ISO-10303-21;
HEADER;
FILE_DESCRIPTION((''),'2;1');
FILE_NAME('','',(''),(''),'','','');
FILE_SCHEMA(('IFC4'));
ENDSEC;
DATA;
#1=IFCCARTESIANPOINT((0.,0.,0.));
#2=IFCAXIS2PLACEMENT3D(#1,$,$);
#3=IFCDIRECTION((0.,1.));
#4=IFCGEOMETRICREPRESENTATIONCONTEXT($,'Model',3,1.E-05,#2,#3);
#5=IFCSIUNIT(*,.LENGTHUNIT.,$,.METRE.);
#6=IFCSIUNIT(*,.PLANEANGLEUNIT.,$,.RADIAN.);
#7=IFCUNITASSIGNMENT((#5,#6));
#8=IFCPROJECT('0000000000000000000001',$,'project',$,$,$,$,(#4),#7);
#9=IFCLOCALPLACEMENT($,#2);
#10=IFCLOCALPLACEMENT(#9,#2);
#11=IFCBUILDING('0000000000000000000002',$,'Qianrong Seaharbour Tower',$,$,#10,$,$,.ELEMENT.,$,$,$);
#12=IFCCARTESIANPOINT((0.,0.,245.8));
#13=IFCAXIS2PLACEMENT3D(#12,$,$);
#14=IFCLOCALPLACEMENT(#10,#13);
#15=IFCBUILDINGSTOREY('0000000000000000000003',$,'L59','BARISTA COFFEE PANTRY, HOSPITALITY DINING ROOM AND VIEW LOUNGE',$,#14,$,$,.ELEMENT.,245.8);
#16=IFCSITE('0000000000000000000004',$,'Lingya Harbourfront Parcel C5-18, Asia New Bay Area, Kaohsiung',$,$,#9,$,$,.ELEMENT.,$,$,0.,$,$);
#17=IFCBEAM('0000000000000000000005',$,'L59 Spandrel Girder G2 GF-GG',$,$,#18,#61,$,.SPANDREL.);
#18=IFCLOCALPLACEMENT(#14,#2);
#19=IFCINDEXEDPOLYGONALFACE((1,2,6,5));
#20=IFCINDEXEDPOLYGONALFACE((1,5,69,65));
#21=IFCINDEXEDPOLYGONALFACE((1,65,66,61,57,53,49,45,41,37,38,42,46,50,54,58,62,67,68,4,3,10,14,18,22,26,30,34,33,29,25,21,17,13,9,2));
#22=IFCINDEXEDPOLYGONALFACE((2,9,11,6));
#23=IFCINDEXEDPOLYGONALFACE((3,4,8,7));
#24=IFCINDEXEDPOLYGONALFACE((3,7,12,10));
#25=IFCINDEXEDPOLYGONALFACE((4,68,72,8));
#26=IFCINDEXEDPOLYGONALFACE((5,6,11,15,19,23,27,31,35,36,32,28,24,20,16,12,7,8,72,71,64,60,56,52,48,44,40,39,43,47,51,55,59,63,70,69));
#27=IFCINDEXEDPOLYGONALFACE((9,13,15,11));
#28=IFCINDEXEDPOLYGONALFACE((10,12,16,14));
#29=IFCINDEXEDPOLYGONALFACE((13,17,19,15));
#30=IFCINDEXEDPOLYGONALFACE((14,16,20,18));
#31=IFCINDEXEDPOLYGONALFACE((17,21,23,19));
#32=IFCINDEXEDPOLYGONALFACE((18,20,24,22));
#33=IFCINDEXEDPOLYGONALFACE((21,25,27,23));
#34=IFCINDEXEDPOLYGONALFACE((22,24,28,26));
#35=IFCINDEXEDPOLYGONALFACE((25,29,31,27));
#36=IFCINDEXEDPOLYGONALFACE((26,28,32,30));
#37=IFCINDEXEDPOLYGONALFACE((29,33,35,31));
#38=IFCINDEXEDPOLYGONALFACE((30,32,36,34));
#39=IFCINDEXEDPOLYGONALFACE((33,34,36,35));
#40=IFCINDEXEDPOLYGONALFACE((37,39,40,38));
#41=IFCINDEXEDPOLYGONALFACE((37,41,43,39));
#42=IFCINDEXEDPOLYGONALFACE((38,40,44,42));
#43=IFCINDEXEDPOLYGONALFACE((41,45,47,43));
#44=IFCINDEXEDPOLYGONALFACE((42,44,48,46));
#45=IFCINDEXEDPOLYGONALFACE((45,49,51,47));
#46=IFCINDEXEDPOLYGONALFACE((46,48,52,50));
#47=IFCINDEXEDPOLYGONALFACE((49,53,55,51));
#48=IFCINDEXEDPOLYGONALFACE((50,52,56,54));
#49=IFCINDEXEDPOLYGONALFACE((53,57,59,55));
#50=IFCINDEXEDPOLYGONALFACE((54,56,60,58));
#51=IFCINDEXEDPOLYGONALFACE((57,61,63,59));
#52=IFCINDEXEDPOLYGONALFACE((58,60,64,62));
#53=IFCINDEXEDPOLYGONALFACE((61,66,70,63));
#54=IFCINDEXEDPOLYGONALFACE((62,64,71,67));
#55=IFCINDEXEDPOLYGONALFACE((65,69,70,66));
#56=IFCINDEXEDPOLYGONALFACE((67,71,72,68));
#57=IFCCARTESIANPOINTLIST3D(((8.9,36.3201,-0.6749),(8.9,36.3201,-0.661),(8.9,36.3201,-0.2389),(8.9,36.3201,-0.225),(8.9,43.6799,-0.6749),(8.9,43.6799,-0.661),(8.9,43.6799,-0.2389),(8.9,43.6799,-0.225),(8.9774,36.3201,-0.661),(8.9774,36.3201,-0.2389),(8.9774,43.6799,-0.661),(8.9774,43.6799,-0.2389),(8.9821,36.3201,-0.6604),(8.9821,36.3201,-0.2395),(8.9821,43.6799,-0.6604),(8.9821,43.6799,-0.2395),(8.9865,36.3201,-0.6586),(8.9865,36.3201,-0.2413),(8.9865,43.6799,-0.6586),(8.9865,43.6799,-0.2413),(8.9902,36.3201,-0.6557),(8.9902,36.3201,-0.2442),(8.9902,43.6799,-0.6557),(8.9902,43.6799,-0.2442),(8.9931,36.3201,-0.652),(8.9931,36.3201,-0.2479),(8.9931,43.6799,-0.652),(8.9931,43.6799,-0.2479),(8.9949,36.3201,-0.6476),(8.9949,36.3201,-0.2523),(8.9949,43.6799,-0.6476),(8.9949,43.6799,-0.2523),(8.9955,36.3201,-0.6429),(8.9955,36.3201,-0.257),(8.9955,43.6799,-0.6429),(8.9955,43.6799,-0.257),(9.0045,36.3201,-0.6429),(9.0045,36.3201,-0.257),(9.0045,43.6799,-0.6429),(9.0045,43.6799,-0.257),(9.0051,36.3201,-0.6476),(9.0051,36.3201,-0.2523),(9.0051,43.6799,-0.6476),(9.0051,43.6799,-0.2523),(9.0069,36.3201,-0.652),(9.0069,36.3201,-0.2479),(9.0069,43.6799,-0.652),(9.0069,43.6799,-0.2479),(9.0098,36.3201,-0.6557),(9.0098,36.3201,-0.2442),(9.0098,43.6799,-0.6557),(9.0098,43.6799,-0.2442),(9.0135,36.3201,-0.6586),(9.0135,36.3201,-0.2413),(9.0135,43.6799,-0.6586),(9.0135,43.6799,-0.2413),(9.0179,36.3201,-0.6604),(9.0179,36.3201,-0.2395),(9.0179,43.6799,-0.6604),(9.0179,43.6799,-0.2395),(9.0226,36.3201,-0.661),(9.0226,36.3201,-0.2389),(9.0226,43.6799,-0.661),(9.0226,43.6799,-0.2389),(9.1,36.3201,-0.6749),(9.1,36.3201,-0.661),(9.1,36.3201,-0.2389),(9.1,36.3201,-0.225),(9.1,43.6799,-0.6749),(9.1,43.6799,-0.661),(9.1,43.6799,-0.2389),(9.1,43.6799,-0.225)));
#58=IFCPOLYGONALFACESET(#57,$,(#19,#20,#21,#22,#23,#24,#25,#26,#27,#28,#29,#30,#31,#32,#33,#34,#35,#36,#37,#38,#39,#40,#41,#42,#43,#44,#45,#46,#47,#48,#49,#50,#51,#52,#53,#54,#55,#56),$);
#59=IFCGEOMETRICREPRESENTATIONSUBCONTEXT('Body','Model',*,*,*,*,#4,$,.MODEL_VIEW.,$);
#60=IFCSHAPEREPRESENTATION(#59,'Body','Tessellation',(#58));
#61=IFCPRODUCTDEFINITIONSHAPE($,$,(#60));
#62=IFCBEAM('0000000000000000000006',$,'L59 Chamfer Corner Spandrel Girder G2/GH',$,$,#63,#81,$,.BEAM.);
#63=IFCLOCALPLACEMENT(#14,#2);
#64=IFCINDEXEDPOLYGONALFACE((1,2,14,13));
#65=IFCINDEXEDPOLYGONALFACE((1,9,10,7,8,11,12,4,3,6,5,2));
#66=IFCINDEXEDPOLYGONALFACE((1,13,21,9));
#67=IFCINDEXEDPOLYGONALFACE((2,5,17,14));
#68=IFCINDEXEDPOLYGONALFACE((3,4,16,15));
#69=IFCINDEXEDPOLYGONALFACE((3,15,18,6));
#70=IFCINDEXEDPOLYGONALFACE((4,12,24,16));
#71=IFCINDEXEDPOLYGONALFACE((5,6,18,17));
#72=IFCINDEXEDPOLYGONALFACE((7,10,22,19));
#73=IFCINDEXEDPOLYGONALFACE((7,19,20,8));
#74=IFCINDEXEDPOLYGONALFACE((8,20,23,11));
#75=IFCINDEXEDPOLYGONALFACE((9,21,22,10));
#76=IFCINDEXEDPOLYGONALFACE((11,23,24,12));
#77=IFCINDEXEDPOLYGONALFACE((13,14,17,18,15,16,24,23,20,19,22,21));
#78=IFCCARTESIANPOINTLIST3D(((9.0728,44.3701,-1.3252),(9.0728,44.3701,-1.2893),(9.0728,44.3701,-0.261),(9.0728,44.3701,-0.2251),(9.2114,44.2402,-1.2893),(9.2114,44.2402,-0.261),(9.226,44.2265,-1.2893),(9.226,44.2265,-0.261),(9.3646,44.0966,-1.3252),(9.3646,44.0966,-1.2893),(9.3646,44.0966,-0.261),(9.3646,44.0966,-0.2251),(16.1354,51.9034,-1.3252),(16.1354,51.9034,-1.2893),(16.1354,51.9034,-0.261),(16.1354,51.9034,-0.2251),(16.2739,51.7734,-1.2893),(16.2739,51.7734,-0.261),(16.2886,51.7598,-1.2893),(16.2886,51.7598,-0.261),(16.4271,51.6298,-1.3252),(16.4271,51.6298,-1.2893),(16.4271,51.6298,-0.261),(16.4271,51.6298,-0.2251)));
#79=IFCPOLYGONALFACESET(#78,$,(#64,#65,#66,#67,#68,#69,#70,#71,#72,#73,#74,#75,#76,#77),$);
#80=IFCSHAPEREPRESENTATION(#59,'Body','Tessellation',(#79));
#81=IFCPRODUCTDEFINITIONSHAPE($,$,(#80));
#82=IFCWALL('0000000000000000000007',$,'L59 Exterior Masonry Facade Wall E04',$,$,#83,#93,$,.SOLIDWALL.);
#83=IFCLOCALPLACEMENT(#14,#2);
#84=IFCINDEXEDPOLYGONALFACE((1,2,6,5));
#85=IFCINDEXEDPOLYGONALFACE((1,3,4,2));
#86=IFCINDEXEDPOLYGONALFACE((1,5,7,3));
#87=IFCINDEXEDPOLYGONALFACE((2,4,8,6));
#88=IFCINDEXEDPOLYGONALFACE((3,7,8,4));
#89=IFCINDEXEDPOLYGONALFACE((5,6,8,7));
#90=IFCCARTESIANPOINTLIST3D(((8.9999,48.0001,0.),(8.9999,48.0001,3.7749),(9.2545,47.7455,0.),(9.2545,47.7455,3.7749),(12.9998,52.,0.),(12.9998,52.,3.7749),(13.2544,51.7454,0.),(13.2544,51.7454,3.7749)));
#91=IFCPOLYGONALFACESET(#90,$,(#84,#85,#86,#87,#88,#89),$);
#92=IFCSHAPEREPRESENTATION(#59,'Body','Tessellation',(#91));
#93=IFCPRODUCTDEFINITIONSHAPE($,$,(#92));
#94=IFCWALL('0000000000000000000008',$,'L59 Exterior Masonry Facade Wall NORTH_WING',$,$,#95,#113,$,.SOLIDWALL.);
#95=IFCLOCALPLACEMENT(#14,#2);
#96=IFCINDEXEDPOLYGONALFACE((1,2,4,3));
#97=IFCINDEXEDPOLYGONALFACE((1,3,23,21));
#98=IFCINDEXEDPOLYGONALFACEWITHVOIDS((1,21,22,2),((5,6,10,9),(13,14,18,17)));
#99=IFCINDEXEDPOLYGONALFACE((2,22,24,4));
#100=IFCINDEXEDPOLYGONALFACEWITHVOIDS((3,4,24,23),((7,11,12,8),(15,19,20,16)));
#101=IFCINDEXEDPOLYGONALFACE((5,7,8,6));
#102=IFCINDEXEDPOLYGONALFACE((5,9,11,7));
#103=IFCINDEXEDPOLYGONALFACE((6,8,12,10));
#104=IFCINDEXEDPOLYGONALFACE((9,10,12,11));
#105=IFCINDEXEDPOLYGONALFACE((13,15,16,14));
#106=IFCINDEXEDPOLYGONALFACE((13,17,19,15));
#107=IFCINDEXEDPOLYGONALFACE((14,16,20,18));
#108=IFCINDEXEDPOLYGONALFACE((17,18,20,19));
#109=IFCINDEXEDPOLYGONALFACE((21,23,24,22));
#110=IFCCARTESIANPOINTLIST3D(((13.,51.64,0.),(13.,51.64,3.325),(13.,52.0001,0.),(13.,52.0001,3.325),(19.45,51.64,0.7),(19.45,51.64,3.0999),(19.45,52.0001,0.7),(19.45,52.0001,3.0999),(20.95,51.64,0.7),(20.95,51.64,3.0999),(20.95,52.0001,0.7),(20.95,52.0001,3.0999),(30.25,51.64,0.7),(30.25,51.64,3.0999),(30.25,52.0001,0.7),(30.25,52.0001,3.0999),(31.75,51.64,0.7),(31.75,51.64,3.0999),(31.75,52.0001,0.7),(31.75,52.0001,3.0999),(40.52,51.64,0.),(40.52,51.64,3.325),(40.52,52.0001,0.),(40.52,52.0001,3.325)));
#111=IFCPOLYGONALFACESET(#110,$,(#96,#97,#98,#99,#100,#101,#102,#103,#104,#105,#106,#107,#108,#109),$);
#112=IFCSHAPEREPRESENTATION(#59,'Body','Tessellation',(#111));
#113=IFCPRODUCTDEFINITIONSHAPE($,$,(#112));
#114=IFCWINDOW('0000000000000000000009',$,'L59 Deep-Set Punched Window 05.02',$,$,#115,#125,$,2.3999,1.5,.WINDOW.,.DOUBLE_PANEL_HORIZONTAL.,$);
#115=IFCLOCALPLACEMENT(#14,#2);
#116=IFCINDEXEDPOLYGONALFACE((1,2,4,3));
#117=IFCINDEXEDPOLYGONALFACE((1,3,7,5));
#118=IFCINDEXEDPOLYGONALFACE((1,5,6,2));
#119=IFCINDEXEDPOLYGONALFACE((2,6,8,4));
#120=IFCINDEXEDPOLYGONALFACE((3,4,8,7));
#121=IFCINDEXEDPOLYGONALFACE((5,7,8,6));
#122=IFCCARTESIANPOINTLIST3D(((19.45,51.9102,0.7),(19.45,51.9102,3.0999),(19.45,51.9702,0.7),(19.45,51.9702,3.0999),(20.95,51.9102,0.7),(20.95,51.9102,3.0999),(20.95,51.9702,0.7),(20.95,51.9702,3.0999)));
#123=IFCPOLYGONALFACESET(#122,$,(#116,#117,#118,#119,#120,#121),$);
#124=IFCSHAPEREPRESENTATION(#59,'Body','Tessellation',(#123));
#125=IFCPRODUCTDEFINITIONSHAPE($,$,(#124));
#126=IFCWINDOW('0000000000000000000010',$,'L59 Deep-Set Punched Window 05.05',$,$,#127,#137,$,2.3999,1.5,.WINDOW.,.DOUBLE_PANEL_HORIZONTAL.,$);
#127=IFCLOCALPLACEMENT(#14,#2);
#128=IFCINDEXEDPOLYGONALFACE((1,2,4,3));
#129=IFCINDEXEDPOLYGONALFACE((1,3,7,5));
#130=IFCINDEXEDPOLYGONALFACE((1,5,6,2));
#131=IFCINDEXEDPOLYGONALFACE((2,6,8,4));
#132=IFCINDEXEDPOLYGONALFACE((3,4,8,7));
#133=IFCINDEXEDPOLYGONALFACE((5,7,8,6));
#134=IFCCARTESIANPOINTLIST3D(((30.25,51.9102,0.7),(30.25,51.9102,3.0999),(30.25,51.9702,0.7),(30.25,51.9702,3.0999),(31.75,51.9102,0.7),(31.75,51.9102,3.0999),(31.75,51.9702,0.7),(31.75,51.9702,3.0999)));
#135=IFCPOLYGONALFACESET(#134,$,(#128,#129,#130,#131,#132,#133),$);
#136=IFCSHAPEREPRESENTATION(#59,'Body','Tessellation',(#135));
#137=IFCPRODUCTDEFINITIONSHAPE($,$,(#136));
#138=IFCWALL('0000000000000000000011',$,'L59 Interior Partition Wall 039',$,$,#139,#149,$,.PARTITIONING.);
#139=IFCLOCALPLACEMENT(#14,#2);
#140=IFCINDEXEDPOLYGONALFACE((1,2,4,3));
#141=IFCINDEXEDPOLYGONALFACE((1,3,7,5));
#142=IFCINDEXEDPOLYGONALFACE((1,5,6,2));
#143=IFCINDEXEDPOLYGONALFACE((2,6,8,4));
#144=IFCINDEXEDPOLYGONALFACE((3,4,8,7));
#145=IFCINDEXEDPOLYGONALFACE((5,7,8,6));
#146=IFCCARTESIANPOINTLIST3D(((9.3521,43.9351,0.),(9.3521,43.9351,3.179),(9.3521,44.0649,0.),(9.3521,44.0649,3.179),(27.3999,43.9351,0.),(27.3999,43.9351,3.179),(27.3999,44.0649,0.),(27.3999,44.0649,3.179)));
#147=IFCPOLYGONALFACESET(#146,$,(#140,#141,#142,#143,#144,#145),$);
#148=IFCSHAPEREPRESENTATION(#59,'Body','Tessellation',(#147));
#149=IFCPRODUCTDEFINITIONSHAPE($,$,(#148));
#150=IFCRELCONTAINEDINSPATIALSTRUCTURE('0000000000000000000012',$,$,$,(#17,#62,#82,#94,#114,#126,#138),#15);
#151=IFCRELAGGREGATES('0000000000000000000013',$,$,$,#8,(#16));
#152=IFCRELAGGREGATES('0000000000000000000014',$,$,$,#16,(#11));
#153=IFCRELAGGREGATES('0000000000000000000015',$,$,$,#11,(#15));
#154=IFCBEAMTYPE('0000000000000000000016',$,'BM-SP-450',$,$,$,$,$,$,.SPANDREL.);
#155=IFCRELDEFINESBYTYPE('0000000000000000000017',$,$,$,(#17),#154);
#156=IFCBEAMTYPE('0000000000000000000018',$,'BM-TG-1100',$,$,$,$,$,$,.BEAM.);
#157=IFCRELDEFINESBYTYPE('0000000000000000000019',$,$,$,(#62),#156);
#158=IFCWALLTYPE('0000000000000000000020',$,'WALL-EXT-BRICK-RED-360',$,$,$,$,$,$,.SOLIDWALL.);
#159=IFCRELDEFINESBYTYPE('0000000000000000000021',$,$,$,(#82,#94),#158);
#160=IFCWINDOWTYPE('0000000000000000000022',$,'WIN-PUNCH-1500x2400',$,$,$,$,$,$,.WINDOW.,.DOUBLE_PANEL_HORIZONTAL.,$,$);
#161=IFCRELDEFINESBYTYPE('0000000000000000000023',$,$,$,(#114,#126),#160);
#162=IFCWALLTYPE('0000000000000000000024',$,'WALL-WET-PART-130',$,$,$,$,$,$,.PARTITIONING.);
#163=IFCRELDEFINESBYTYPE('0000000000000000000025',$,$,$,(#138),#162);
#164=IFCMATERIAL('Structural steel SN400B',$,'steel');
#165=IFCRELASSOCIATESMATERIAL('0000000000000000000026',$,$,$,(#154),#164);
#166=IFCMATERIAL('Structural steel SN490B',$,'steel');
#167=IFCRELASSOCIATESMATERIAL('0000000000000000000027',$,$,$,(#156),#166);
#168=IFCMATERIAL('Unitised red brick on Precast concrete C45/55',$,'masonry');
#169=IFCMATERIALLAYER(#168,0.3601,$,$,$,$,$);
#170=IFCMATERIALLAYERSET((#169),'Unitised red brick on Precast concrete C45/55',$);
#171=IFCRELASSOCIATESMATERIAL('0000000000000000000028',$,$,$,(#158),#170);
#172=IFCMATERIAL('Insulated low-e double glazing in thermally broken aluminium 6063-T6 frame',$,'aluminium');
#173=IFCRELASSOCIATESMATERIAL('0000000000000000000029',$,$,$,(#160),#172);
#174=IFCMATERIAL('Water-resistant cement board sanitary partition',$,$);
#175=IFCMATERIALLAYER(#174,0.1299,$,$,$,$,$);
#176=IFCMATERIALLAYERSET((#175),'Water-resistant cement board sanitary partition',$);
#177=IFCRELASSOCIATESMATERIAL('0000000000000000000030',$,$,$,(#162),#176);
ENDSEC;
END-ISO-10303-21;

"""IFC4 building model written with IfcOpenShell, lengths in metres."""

from ifc_helpers import new_model, si_unit, direction, frame, frame_2d, origin, origin_2d, place, context, subcontext, project, spatial, rectangle, i_section, extrude, material, layer, layer_set, material_profile, profile_set, type_object, element, fill, save


model = new_model("IFC4")

# Units and contexts
model_context = context("Model", 3, precision=1e-05, world=origin(), true_north=direction((0.0, 1.0)))
body_context = subcontext(model_context, "Body", "Model", "MODEL_VIEW")
ifc_project = project(units=[si_unit("LENGTHUNIT", "METRE"), si_unit("PLANEANGLEUNIT", "RADIAN")], contexts=[model_context])

# Site, building, storey
site_placement = place(None, origin())
site = spatial("IfcSite", under=ifc_project, at=site_placement, Name="Lingya Harbourfront Parcel C5-18, Asia New Bay Area, Kaohsiung", CompositionType="ELEMENT", RefElevation=0.0)
building_placement = place(site_placement, origin())
building = spatial("IfcBuilding", under=site, at=building_placement, Name="Qianrong Seaharbour Tower", CompositionType="ELEMENT")
storey_placement = place(building_placement, frame((0.0, 0.0, 245.8)))
storey = spatial("IfcBuildingStorey", under=building, at=storey_placement, Name="L59", Description="BARISTA COFFEE PANTRY, HOSPITALITY DINING ROOM AND VIEW LOUNGE", CompositionType="ELEMENT", Elevation=245.8)

# Shared definitions
ifc_material_1 = material(Name="Structural steel SN490B", Category="steel")

# Beams
ifc_material_2 = material(Name="Structural steel SN400B", Category="steel")
ifc_material_profile_1 = material_profile(ifc_material_2, i_section(OverallWidth=0.2, OverallDepth=0.45, WebThickness=0.009, FlangeThickness=0.0139, FilletRadius=0.0181, at=origin_2d()), Name="H450x200x9x14")
ifc_profile_set_1 = profile_set([ifc_material_profile_1], Name="Structural steel SN400B")
beam_type_1 = type_object("IfcBeamType", Name="BM-SP-450", PredefinedType="SPANDREL", material=ifc_profile_set_1)
for number, where, z_axis, x_axis, name in (
    (1, (9.0, 36.3201, -0.45), (0.0, 1.0, 0.0), (-1.0, 0.0, 0.0), "L59 Spandrel Girder G2 GF-GG"),
):
    element("IfcBeam", number, at=place(storey_placement, frame(where, z_axis=z_axis, x_axis=x_axis)), inside=storey, type_object=beam_type_1, Name=name, PredefinedType="SPANDREL", context=body_context, shape_type="SweptSolid", body=[
        extrude(i_section(OverallWidth=0.2, OverallDepth=0.45, WebThickness=0.009, FlangeThickness=0.0139, FilletRadius=0.0181, at=origin_2d()), origin(), (0.0, 0.0, 1.0), 7.3599),
    ])
ifc_material_profile_2 = material_profile(ifc_material_1, i_section(OverallWidth=0.3999, OverallDepth=1.1001, WebThickness=0.02, FlangeThickness=0.0359, at=origin_2d()), Name="BH1100x400x20x36")
ifc_profile_set_2 = profile_set([ifc_material_profile_2], Name="Structural steel SN490B")
beam_type_2 = type_object("IfcBeamType", Name="BM-TG-1100", PredefinedType="BEAM", material=ifc_profile_set_2)
beam_1_placement = place(storey_placement, frame((16.2812, 51.7666, -0.7751), z_axis=(-0.683947, -0.729531, 0.0), x_axis=(0.729531, -0.683947, 0.0)))
element("IfcBeam", 2, at=beam_1_placement, inside=storey, type_object=beam_type_2, Name="L59 Chamfer Corner Spandrel Girder G2/GH", PredefinedType="BEAM", context=body_context, shape_type="SweptSolid", body=[
    extrude(i_section(OverallWidth=0.3999, OverallDepth=1.1001, WebThickness=0.02, FlangeThickness=0.0359, at=origin_2d()), origin(), (0.0, 0.0, 1.0), 10.3262),
])

# Wall
ifc_material_3 = material(Name="Unitised red brick on Precast concrete C45/55", Category="masonry")
ifc_layer_1 = layer(ifc_material_3, 0.3601)
ifc_layer_set_1 = layer_set([ifc_layer_1], Name="Unitised red brick on Precast concrete C45/55")
wall_type_1 = type_object("IfcWallType", Name="WALL-EXT-BRICK-RED-360", PredefinedType="SOLIDWALL", material=ifc_layer_set_1)
wall_1_placement = place(storey_placement, frame((9.1272, 47.8728, 0.0), z_axis=(0.0, 0.0, 1.0), x_axis=(0.707107, 0.707107, 0.0)))
element("IfcWall", 3, at=wall_1_placement, inside=storey, type_object=wall_type_1, Name="L59 Exterior Masonry Facade Wall E04", PredefinedType="SOLIDWALL", context=body_context, shape_type="SweptSolid", body=[
    extrude(rectangle(XDim=5.6567, YDim=0.3601, at=frame_2d((2.8284, 0.0))), origin(), (0.0, 0.0, 1.0), 3.7749),
])

# Wall, openings, windows
wall_2_placement = place(storey_placement, frame((13.0, 51.8201, 0.0), z_axis=(0.0, 0.0, 1.0), x_axis=(1.0, 0.0, 0.0)))
wall_2 = element("IfcWall", 4, at=wall_2_placement, inside=storey, type_object=wall_type_1, Name="L59 Exterior Masonry Facade Wall NORTH_WING", PredefinedType="SOLIDWALL", context=body_context, shape_type="SweptSolid", body=[
    extrude(rectangle(XDim=27.52, YDim=0.3601, at=frame_2d((13.76, 0.0))), origin(), (0.0, 0.0, 1.0), 3.325),
])
opening_1_placement = place(wall_2_placement, frame((6.45, 0.0, 0.7)))
opening_1 = element("IfcOpeningElement", 5, at=opening_1_placement, cuts=wall_2, PredefinedType="OPENING", context=body_context, shape_type="SweptSolid", body=[
    extrude(rectangle(XDim=1.5, YDim=2.3999, at=frame_2d((0.75, 1.2))), frame((0.0, 0.1899, 0.0), z_axis=(0.0, -1.0, 0.0), x_axis=(1.0, 0.0, 0.0)), (0.0, 0.0, 1.0), 0.3801),
])
opening_2_placement = place(wall_2_placement, frame((17.25, 0.0, 0.7)))
opening_2 = element("IfcOpeningElement", 6, at=opening_2_placement, cuts=wall_2, PredefinedType="OPENING", context=body_context, shape_type="SweptSolid", body=[
    extrude(rectangle(XDim=1.5, YDim=2.3999, at=frame_2d((0.75, 1.2))), frame((0.0, 0.1899, 0.0), z_axis=(0.0, -1.0, 0.0), x_axis=(1.0, 0.0, 0.0)), (0.0, 0.0, 1.0), 0.3801),
])
ifc_material_4 = material(Name="Insulated low-e double glazing in thermally broken aluminium 6063-T6 frame", Category="aluminium")
window_type = type_object("IfcWindowType", Name="WIN-PUNCH-1500x2400", PartitioningType="DOUBLE_PANEL_HORIZONTAL", PredefinedType="WINDOW", material=ifc_material_4)
window_1_placement = place(opening_1_placement, origin())
window_1 = element("IfcWindow", 7, at=window_1_placement, inside=storey, type_object=window_type, Name="L59 Deep-Set Punched Window 05.02", OverallHeight=2.3999, OverallWidth=1.5, PartitioningType="DOUBLE_PANEL_HORIZONTAL", PredefinedType="WINDOW", context=body_context, shape_type="SweptSolid", body=[
    extrude(rectangle(XDim=1.5, YDim=2.3999, at=frame_2d((0.75, 1.2))), frame((0.0, 0.1501, 0.0), z_axis=(0.0, -1.0, 0.0), x_axis=(1.0, 0.0, 0.0)), (0.0, 0.0, 1.0), 0.0601),
])
fill(opening_1, window_1)
window_2_placement = place(opening_2_placement, origin())
window_2 = element("IfcWindow", 8, at=window_2_placement, inside=storey, type_object=window_type, Name="L59 Deep-Set Punched Window 05.05", OverallHeight=2.3999, OverallWidth=1.5, PartitioningType="DOUBLE_PANEL_HORIZONTAL", PredefinedType="WINDOW", context=body_context, shape_type="SweptSolid", body=[
    extrude(rectangle(XDim=1.5, YDim=2.3999, at=frame_2d((0.75, 1.2))), frame((0.0, 0.1501, 0.0), z_axis=(0.0, -1.0, 0.0), x_axis=(1.0, 0.0, 0.0)), (0.0, 0.0, 1.0), 0.0601),
])
fill(opening_2, window_2)

# Wall
ifc_material_5 = material(Name="Water-resistant cement board sanitary partition")
ifc_layer_2 = layer(ifc_material_5, 0.1299)
ifc_layer_set_2 = layer_set([ifc_layer_2], Name="Water-resistant cement board sanitary partition")
wall_type_2 = type_object("IfcWallType", Name="WALL-WET-PART-130", PredefinedType="PARTITIONING", material=ifc_layer_set_2)
wall_3_placement = place(storey_placement, frame((9.3521, 44.0, 0.0), z_axis=(0.0, 0.0, 1.0), x_axis=(1.0, 0.0, 0.0)))
element("IfcWall", 9, at=wall_3_placement, inside=storey, type_object=wall_type_2, Name="L59 Interior Partition Wall 039", PredefinedType="PARTITIONING", context=body_context, shape_type="SweptSolid", body=[
    extrude(rectangle(XDim=18.0479, YDim=0.1299, at=frame_2d((9.0239, 0.0))), origin(), (0.0, 0.0, 1.0), 3.179),
])

save(model, "model.ifc")
